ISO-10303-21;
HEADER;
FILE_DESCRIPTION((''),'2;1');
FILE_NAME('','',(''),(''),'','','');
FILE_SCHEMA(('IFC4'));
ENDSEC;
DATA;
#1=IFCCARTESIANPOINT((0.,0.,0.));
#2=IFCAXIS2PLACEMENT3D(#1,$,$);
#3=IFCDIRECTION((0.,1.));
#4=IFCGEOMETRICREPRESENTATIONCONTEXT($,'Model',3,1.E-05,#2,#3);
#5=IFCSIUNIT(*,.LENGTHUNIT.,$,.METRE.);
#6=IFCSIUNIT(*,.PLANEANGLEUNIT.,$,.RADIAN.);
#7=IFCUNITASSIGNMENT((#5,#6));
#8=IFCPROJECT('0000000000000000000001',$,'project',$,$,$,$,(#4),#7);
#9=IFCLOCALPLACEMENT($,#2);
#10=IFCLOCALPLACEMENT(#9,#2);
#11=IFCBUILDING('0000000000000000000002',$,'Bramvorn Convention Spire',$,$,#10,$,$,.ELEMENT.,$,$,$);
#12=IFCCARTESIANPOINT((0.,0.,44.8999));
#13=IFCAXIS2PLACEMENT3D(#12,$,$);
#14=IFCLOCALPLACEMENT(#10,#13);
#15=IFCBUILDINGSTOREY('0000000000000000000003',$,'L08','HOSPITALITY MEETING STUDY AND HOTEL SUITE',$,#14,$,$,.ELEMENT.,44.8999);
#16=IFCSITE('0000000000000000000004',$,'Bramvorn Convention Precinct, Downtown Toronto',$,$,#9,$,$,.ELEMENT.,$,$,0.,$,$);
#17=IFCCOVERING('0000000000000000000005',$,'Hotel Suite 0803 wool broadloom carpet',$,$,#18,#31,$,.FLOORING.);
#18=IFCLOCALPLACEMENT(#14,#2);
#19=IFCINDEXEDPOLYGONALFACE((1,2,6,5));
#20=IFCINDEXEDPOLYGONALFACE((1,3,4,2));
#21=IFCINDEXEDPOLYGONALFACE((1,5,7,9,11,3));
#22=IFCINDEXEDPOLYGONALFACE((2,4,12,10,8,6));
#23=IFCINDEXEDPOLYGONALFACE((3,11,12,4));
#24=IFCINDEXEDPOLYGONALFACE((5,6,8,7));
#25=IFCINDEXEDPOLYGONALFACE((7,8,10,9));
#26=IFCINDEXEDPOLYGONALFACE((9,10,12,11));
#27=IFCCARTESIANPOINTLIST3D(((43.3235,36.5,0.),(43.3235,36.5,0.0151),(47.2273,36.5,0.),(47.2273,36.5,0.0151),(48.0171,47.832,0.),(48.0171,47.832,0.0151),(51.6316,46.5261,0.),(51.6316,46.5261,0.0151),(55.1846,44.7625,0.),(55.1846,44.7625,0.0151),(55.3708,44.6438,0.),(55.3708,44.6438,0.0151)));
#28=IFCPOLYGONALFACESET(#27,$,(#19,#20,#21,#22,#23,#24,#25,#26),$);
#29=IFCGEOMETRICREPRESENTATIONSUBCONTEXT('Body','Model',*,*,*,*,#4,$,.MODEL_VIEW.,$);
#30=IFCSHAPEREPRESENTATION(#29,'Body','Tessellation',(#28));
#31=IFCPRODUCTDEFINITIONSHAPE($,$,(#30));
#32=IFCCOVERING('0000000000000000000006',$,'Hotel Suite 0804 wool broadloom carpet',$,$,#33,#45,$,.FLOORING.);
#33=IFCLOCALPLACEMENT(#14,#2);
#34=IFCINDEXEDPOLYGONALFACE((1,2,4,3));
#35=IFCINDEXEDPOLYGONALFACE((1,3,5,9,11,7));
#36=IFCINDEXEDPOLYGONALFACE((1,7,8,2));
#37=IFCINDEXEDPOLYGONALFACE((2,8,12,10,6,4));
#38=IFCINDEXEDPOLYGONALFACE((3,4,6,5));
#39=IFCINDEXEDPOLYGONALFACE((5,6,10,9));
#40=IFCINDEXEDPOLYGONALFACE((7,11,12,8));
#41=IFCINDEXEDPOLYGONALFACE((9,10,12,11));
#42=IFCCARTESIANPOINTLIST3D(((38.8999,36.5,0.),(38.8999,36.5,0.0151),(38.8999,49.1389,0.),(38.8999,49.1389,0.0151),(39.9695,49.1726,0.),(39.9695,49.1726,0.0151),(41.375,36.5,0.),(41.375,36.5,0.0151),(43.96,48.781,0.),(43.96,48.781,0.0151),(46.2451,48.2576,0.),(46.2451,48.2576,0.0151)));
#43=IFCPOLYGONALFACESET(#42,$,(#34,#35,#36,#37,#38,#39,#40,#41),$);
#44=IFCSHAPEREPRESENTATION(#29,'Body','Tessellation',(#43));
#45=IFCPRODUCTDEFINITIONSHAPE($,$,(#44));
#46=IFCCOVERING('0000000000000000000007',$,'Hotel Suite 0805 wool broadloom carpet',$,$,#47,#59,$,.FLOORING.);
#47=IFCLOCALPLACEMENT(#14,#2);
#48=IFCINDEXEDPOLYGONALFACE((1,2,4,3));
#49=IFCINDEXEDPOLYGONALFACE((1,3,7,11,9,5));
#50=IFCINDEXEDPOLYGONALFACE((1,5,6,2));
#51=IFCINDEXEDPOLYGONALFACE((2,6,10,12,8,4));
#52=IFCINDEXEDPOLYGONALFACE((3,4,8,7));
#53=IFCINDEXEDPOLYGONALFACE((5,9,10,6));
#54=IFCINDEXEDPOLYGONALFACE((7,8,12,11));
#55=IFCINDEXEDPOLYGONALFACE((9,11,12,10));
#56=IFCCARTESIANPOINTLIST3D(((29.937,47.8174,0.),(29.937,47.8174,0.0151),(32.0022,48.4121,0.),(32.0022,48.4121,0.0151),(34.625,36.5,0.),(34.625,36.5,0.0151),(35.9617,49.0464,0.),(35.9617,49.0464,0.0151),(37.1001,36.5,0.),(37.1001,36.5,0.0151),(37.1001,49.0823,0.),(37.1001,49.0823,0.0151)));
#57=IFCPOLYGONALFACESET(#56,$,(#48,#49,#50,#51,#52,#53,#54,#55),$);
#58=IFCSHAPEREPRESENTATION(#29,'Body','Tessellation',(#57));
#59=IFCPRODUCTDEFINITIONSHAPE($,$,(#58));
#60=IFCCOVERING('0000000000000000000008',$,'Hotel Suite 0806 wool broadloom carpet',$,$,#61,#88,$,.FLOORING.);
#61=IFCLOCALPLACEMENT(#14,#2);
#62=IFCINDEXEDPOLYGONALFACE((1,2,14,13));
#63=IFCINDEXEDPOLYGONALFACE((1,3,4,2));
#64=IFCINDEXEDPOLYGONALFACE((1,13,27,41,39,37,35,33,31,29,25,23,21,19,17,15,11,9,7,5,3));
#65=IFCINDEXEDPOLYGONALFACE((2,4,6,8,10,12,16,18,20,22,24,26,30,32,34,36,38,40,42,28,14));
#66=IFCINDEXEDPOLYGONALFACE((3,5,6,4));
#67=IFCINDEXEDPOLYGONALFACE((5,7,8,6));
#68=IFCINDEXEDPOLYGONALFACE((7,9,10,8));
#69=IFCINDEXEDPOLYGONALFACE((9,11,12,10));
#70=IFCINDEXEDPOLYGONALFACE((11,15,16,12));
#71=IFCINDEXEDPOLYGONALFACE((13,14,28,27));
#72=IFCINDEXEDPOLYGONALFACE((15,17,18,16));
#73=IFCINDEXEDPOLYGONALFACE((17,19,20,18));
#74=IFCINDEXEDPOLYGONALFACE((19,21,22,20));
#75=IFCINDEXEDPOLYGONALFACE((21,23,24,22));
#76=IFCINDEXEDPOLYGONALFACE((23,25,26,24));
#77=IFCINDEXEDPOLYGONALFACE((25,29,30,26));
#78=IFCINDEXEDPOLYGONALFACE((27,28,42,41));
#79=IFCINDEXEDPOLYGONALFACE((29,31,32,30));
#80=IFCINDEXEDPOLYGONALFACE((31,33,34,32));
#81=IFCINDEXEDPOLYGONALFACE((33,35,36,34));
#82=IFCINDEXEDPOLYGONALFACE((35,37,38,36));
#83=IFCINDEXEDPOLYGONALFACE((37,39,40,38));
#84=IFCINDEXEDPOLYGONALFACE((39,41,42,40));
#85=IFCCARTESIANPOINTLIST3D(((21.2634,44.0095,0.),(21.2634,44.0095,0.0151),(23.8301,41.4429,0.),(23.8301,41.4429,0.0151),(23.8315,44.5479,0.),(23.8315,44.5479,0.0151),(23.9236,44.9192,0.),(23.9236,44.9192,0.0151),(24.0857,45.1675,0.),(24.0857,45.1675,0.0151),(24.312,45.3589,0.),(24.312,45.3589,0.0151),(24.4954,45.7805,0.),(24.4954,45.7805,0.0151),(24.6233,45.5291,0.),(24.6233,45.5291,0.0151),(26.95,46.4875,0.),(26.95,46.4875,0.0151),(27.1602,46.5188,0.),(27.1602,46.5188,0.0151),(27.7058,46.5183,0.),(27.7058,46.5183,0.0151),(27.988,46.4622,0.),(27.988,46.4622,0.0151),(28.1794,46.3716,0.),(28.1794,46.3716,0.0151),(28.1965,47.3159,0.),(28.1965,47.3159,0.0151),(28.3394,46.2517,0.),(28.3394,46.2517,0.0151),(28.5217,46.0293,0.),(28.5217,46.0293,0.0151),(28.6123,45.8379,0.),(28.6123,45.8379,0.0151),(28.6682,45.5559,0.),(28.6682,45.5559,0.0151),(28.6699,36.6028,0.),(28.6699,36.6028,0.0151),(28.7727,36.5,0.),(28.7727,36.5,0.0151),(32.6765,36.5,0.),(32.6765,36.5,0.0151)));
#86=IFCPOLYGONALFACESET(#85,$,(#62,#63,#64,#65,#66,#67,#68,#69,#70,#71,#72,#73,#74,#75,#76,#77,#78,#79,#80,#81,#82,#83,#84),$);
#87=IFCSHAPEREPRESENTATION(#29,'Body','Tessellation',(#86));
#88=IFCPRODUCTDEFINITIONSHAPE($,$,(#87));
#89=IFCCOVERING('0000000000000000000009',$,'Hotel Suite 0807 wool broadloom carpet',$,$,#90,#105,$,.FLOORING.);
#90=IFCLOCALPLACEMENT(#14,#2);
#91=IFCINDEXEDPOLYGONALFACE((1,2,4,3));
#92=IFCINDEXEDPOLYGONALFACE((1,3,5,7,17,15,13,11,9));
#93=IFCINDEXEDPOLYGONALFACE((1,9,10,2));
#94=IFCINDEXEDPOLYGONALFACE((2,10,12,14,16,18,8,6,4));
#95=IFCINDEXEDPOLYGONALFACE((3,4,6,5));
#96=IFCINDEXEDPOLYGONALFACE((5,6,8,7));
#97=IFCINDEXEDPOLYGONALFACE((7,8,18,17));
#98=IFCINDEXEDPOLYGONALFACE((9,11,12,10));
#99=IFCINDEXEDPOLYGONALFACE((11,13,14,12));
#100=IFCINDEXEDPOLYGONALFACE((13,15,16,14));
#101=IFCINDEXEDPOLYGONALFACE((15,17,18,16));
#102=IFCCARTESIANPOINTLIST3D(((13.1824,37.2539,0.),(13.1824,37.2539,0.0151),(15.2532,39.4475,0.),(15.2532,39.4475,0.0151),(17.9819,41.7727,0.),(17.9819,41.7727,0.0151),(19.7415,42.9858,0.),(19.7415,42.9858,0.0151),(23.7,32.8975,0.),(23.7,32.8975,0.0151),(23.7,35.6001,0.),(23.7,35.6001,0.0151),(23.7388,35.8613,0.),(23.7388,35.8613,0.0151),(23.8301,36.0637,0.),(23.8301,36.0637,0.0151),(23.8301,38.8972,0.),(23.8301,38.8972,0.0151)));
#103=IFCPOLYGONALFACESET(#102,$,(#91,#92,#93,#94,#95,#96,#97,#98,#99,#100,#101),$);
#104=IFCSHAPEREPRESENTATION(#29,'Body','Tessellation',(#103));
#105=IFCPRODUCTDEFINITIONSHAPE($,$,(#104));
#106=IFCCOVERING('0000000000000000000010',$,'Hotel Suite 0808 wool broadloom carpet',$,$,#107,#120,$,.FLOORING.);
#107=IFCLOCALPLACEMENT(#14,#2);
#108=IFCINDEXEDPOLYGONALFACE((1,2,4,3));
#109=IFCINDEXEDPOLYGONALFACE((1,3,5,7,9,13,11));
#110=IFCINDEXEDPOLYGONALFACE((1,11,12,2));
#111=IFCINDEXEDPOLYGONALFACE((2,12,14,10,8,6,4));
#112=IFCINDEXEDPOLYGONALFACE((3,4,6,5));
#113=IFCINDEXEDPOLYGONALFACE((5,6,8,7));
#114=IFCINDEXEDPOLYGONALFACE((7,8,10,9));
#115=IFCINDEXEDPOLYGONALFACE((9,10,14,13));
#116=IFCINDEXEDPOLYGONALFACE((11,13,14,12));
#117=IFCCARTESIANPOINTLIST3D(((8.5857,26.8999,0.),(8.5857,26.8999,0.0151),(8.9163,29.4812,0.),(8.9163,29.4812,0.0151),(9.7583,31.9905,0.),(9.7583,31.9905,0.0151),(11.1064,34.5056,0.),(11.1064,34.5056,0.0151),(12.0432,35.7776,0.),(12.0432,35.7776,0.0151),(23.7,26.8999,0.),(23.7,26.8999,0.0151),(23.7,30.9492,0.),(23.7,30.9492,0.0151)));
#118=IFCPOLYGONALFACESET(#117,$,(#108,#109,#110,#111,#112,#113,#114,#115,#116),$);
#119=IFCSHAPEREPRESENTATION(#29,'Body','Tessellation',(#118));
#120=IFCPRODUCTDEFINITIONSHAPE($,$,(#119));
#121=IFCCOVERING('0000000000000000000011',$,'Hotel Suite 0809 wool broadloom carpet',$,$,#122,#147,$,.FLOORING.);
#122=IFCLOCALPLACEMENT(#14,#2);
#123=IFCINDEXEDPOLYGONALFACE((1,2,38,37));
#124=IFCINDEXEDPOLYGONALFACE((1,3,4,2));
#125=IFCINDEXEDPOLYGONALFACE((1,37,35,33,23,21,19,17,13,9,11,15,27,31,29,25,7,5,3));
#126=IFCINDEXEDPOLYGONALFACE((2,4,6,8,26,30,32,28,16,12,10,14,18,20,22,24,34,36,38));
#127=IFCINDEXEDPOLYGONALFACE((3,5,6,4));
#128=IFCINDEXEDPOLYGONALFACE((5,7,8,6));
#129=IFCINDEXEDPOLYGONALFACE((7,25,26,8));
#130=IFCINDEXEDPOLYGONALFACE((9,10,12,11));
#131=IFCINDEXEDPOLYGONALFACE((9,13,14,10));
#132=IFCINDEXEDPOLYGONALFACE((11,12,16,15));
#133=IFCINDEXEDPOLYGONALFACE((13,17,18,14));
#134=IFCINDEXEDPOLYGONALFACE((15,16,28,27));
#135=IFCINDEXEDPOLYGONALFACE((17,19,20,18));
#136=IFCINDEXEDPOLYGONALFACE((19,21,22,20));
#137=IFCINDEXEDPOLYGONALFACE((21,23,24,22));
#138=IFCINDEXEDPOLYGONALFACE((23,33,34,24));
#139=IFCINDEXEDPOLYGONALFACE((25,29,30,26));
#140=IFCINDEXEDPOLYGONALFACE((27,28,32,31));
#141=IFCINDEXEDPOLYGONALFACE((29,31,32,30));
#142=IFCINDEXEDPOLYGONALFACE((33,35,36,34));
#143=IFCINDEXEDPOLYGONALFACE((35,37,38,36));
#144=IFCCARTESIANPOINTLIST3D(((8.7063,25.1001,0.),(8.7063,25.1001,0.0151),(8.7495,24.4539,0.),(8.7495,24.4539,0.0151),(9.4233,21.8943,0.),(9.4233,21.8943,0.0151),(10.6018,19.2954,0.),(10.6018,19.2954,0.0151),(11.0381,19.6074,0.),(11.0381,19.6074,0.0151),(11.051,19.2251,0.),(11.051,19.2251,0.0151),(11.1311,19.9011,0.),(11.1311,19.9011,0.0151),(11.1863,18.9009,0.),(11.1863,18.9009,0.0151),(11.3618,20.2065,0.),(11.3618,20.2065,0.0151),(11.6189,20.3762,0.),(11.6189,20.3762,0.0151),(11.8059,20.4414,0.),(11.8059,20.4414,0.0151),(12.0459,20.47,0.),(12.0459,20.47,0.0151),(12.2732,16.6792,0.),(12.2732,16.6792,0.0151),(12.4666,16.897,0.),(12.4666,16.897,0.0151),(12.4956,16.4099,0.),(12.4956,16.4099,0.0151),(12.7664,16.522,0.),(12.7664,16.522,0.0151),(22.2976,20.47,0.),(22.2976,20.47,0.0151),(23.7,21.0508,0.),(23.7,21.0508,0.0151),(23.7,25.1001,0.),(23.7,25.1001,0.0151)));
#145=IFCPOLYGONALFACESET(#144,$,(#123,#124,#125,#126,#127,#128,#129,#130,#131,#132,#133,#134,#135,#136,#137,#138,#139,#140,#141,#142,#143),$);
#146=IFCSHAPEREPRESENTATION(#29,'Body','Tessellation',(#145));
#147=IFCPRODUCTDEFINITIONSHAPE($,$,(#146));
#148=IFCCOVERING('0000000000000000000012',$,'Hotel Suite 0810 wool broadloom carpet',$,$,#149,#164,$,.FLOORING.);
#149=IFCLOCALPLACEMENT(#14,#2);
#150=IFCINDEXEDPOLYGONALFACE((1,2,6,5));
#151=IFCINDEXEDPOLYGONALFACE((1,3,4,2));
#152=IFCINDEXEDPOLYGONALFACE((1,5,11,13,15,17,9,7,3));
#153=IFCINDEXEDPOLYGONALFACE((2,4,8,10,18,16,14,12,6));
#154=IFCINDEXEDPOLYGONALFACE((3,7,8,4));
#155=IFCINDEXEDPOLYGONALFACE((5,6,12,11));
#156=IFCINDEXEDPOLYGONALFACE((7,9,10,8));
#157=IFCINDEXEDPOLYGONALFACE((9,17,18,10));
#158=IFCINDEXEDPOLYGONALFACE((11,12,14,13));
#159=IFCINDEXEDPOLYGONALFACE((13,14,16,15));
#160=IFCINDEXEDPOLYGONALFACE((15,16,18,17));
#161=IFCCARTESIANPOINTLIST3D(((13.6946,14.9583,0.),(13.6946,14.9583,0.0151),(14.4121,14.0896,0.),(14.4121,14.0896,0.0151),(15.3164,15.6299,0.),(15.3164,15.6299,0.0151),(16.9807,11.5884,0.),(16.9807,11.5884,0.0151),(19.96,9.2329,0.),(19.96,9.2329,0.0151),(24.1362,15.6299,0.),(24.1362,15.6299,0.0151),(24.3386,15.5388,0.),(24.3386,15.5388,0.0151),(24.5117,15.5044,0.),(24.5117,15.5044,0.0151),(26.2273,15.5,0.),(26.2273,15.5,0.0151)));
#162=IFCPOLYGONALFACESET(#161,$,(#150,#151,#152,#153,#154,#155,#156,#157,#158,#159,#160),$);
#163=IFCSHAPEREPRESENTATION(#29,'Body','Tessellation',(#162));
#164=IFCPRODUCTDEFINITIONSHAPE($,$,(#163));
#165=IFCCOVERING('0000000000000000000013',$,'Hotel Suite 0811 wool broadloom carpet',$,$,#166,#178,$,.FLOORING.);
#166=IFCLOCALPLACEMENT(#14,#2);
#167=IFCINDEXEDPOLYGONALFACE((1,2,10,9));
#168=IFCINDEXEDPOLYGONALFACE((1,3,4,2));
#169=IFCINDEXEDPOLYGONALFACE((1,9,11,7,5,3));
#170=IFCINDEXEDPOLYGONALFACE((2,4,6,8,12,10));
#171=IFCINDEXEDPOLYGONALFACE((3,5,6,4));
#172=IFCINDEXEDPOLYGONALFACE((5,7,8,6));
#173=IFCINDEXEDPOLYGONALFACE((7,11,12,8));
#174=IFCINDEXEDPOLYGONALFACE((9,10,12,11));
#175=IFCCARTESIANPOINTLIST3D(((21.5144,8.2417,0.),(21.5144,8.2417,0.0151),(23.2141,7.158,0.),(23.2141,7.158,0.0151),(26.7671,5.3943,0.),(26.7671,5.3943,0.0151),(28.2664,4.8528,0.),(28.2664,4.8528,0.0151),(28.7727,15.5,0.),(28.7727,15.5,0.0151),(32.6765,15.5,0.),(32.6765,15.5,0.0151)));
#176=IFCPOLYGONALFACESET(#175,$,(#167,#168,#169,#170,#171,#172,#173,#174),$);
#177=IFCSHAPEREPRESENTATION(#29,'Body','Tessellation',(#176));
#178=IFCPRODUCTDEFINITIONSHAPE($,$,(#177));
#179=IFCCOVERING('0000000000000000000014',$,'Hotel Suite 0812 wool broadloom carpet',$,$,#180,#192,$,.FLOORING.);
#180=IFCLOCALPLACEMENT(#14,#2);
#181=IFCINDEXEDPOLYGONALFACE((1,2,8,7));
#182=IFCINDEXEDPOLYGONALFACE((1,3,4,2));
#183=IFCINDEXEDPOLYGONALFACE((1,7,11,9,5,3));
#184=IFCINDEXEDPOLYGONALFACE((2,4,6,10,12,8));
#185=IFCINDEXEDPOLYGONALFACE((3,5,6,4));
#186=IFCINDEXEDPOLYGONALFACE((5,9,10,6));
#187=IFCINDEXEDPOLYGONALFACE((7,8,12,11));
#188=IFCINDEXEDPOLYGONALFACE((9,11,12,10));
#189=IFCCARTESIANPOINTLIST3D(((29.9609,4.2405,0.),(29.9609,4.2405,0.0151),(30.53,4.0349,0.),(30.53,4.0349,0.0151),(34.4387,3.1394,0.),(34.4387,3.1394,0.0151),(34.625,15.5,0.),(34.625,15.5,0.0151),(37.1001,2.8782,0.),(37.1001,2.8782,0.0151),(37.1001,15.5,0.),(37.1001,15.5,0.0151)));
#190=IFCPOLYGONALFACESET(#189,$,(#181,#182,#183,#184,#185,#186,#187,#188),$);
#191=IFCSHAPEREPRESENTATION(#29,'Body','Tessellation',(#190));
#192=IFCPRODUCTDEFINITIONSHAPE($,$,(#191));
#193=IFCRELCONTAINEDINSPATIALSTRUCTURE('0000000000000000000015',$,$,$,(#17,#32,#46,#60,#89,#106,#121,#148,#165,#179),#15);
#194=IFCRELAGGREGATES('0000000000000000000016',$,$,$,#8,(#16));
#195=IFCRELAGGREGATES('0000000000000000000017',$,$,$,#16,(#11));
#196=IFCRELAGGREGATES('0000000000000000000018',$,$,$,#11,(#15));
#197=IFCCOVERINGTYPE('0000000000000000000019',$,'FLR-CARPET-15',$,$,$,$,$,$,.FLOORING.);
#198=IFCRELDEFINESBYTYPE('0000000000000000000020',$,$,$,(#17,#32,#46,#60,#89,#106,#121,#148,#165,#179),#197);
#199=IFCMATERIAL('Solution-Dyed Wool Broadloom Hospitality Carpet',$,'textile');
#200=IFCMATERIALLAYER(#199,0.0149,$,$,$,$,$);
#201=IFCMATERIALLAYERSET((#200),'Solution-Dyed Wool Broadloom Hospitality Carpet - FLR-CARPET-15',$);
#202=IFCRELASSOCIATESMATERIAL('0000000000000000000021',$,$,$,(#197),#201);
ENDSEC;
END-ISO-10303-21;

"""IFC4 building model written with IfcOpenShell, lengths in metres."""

from ifc_helpers import new_model, si_unit, direction, frame, origin, place, context, subcontext, project, spatial, polyline, outline, extrude, material, layer, layer_set, type_object, element, save


model = new_model("IFC4")

# Units and contexts
model_context = context("Model", 3, precision=1e-05, world=origin(), true_north=direction((0.0, 1.0)))
body_context = subcontext(model_context, "Body", "Model", "MODEL_VIEW")
ifc_project = project(units=[si_unit("LENGTHUNIT", "METRE"), si_unit("PLANEANGLEUNIT", "RADIAN")], contexts=[model_context])

# Site, building, storey
site_placement = place(None, origin())
site = spatial("IfcSite", under=ifc_project, at=site_placement, Name="Bramvorn Convention Precinct, Downtown Toronto", CompositionType="ELEMENT", RefElevation=0.0)
building_placement = place(site_placement, origin())
building = spatial("IfcBuilding", under=site, at=building_placement, Name="Bramvorn Convention Spire", CompositionType="ELEMENT")
storey_placement = place(building_placement, frame((0.0, 0.0, 44.8999)))
storey = spatial("IfcBuildingStorey", under=building, at=storey_placement, Name="L08", Description="HOSPITALITY MEETING STUDY AND HOTEL SUITE", CompositionType="ELEMENT", Elevation=44.8999)

# Coverings
ifc_material_1 = material(Name="Solution-Dyed Wool Broadloom Hospitality Carpet", Category="textile")
ifc_layer_1 = layer(ifc_material_1, 0.0149)
ifc_layer_set_1 = layer_set([ifc_layer_1], Name="Solution-Dyed Wool Broadloom Hospitality Carpet - FLR-CARPET-15")
covering_type = type_object("IfcCoveringType", Name="FLR-CARPET-15", PredefinedType="FLOORING", material=ifc_layer_set_1)
covering_1_placement = place(storey_placement, origin())
element("IfcCovering", 1, at=covering_1_placement, inside=storey, type_object=covering_type, Name="Hotel Suite 0803 wool broadloom carpet", PredefinedType="FLOORING", context=body_context, shape_type="SweptSolid", body=[
    extrude(outline(polyline([(43.3235, 36.5), (47.2273, 36.5), (55.3708, 44.6438), (55.1846, 44.7625), (51.6316, 46.5261), (48.0171, 47.832), (43.3235, 36.5)])), origin(), (0.0, 0.0, 1.0), 0.0151),
])
covering_2_placement = place(storey_placement, origin())
element("IfcCovering", 2, at=covering_2_placement, inside=storey, type_object=covering_type, Name="Hotel Suite 0804 wool broadloom carpet", PredefinedType="FLOORING", context=body_context, shape_type="SweptSolid", body=[
    extrude(outline(polyline([(39.9695, 49.1726), (38.8999, 49.1389), (38.8999, 36.5), (41.375, 36.5), (46.2451, 48.2576), (43.96, 48.781), (39.9695, 49.1726)])), origin(), (0.0, 0.0, 1.0), 0.0151),
])
covering_3_placement = place(storey_placement, origin())
element("IfcCovering", 3, at=covering_3_placement, inside=storey, type_object=covering_type, Name="Hotel Suite 0805 wool broadloom carpet", PredefinedType="FLOORING", context=body_context, shape_type="SweptSolid", body=[
    extrude(outline(polyline([(32.0022, 48.4121), (29.937, 47.8174), (34.625, 36.5), (37.1001, 36.5), (37.1001, 49.0823), (35.9617, 49.0464), (32.0022, 48.4121)])), origin(), (0.0, 0.0, 1.0), 0.0151),
])
covering_4_placement = place(storey_placement, origin())
element("IfcCovering", 4, at=covering_4_placement, inside=storey, type_object=covering_type, Name="Hotel Suite 0806 wool broadloom carpet", PredefinedType="FLOORING", context=body_context, shape_type="SweptSolid", body=[
    extrude(outline(polyline([(23.8301, 41.4429), (23.8315, 44.5479), (23.9236, 44.9192), (24.0857, 45.1675), (24.312, 45.3589), (24.6233, 45.5291), (26.95, 46.4875), (27.1602, 46.5188), (27.7058, 46.5183), (27.988, 46.4622), (28.1794, 46.3716), (28.3394, 46.2517), (28.5217, 46.0293), (28.6123, 45.8379), (28.6682, 45.5559), (28.6699, 36.6028), (28.7727, 36.5), (32.6765, 36.5), (28.1965, 47.3159), (24.4954, 45.7805), (21.2634, 44.0095), (23.8301, 41.4429)])), origin(), (0.0, 0.0, 1.0), 0.0151),
])
covering_5_placement = place(storey_placement, origin())
element("IfcCovering", 5, at=covering_5_placement, inside=storey, type_object=covering_type, Name="Hotel Suite 0807 wool broadloom carpet", PredefinedType="FLOORING", context=body_context, shape_type="SweptSolid", body=[
    extrude(outline(polyline([(23.7, 32.8975), (23.7, 35.6001), (23.7388, 35.8613), (23.8301, 36.0637), (23.8301, 38.8972), (19.7415, 42.9858), (17.9819, 41.7727), (15.2532, 39.4475), (13.1824, 37.2539), (23.7, 32.8975)])), origin(), (0.0, 0.0, 1.0), 0.0151),
])
covering_6_placement = place(storey_placement, origin())
element("IfcCovering", 6, at=covering_6_placement, inside=storey, type_object=covering_type, Name="Hotel Suite 0808 wool broadloom carpet", PredefinedType="FLOORING", context=body_context, shape_type="SweptSolid", body=[
    extrude(outline(polyline([(8.5857, 26.8999), (23.7, 26.8999), (23.7, 30.9492), (12.0432, 35.7776), (11.1064, 34.5056), (9.7583, 31.9905), (8.9163, 29.4812), (8.5857, 26.8999)])), origin(), (0.0, 0.0, 1.0), 0.0151),
])
covering_7_placement = place(storey_placement, origin())
element("IfcCovering", 7, at=covering_7_placement, inside=storey, type_object=covering_type, Name="Hotel Suite 0809 wool broadloom carpet", PredefinedType="FLOORING", context=body_context, shape_type="SweptSolid", body=[
    extrude(outline(polyline([(12.2732, 16.6792), (12.4956, 16.4099), (12.7664, 16.522), (12.4666, 16.897), (11.1863, 18.9009), (11.051, 19.2251), (11.0381, 19.6074), (11.1311, 19.9011), (11.3618, 20.2065), (11.6189, 20.3762), (11.8059, 20.4414), (12.0459, 20.47), (22.2976, 20.47), (23.7, 21.0508), (23.7, 25.1001), (8.7063, 25.1001), (8.7495, 24.4539), (9.4233, 21.8943), (10.6018, 19.2954), (12.2732, 16.6792)])), origin(), (0.0, 0.0, 1.0), 0.0151),
])
covering_8_placement = place(storey_placement, origin())
element("IfcCovering", 8, at=covering_8_placement, inside=storey, type_object=covering_type, Name="Hotel Suite 0810 wool broadloom carpet", PredefinedType="FLOORING", context=body_context, shape_type="SweptSolid", body=[
    extrude(outline(polyline([(19.96, 9.2329), (26.2273, 15.5), (24.5117, 15.5044), (24.3386, 15.5388), (24.1362, 15.6299), (15.3164, 15.6299), (13.6946, 14.9583), (14.4121, 14.0896), (16.9807, 11.5884), (19.96, 9.2329)])), origin(), (0.0, 0.0, 1.0), 0.0151),
])
covering_9_placement = place(storey_placement, origin())
element("IfcCovering", 9, at=covering_9_placement, inside=storey, type_object=covering_type, Name="Hotel Suite 0811 wool broadloom carpet", PredefinedType="FLOORING", context=body_context, shape_type="SweptSolid", body=[
    extrude(outline(polyline([(26.7671, 5.3943), (28.2664, 4.8528), (32.6765, 15.5), (28.7727, 15.5), (21.5144, 8.2417), (23.2141, 7.158), (26.7671, 5.3943)])), origin(), (0.0, 0.0, 1.0), 0.0151),
])
covering_10_placement = place(storey_placement, origin())
element("IfcCovering", 10, at=covering_10_placement, inside=storey, type_object=covering_type, Name="Hotel Suite 0812 wool broadloom carpet", PredefinedType="FLOORING", context=body_context, shape_type="SweptSolid", body=[
    extrude(outline(polyline([(34.4387, 3.1394), (37.1001, 2.8782), (37.1001, 15.5), (34.625, 15.5), (29.9609, 4.2405), (30.53, 4.0349), (34.4387, 3.1394)])), origin(), (0.0, 0.0, 1.0), 0.0151),
])

save(model, "model.ifc")
